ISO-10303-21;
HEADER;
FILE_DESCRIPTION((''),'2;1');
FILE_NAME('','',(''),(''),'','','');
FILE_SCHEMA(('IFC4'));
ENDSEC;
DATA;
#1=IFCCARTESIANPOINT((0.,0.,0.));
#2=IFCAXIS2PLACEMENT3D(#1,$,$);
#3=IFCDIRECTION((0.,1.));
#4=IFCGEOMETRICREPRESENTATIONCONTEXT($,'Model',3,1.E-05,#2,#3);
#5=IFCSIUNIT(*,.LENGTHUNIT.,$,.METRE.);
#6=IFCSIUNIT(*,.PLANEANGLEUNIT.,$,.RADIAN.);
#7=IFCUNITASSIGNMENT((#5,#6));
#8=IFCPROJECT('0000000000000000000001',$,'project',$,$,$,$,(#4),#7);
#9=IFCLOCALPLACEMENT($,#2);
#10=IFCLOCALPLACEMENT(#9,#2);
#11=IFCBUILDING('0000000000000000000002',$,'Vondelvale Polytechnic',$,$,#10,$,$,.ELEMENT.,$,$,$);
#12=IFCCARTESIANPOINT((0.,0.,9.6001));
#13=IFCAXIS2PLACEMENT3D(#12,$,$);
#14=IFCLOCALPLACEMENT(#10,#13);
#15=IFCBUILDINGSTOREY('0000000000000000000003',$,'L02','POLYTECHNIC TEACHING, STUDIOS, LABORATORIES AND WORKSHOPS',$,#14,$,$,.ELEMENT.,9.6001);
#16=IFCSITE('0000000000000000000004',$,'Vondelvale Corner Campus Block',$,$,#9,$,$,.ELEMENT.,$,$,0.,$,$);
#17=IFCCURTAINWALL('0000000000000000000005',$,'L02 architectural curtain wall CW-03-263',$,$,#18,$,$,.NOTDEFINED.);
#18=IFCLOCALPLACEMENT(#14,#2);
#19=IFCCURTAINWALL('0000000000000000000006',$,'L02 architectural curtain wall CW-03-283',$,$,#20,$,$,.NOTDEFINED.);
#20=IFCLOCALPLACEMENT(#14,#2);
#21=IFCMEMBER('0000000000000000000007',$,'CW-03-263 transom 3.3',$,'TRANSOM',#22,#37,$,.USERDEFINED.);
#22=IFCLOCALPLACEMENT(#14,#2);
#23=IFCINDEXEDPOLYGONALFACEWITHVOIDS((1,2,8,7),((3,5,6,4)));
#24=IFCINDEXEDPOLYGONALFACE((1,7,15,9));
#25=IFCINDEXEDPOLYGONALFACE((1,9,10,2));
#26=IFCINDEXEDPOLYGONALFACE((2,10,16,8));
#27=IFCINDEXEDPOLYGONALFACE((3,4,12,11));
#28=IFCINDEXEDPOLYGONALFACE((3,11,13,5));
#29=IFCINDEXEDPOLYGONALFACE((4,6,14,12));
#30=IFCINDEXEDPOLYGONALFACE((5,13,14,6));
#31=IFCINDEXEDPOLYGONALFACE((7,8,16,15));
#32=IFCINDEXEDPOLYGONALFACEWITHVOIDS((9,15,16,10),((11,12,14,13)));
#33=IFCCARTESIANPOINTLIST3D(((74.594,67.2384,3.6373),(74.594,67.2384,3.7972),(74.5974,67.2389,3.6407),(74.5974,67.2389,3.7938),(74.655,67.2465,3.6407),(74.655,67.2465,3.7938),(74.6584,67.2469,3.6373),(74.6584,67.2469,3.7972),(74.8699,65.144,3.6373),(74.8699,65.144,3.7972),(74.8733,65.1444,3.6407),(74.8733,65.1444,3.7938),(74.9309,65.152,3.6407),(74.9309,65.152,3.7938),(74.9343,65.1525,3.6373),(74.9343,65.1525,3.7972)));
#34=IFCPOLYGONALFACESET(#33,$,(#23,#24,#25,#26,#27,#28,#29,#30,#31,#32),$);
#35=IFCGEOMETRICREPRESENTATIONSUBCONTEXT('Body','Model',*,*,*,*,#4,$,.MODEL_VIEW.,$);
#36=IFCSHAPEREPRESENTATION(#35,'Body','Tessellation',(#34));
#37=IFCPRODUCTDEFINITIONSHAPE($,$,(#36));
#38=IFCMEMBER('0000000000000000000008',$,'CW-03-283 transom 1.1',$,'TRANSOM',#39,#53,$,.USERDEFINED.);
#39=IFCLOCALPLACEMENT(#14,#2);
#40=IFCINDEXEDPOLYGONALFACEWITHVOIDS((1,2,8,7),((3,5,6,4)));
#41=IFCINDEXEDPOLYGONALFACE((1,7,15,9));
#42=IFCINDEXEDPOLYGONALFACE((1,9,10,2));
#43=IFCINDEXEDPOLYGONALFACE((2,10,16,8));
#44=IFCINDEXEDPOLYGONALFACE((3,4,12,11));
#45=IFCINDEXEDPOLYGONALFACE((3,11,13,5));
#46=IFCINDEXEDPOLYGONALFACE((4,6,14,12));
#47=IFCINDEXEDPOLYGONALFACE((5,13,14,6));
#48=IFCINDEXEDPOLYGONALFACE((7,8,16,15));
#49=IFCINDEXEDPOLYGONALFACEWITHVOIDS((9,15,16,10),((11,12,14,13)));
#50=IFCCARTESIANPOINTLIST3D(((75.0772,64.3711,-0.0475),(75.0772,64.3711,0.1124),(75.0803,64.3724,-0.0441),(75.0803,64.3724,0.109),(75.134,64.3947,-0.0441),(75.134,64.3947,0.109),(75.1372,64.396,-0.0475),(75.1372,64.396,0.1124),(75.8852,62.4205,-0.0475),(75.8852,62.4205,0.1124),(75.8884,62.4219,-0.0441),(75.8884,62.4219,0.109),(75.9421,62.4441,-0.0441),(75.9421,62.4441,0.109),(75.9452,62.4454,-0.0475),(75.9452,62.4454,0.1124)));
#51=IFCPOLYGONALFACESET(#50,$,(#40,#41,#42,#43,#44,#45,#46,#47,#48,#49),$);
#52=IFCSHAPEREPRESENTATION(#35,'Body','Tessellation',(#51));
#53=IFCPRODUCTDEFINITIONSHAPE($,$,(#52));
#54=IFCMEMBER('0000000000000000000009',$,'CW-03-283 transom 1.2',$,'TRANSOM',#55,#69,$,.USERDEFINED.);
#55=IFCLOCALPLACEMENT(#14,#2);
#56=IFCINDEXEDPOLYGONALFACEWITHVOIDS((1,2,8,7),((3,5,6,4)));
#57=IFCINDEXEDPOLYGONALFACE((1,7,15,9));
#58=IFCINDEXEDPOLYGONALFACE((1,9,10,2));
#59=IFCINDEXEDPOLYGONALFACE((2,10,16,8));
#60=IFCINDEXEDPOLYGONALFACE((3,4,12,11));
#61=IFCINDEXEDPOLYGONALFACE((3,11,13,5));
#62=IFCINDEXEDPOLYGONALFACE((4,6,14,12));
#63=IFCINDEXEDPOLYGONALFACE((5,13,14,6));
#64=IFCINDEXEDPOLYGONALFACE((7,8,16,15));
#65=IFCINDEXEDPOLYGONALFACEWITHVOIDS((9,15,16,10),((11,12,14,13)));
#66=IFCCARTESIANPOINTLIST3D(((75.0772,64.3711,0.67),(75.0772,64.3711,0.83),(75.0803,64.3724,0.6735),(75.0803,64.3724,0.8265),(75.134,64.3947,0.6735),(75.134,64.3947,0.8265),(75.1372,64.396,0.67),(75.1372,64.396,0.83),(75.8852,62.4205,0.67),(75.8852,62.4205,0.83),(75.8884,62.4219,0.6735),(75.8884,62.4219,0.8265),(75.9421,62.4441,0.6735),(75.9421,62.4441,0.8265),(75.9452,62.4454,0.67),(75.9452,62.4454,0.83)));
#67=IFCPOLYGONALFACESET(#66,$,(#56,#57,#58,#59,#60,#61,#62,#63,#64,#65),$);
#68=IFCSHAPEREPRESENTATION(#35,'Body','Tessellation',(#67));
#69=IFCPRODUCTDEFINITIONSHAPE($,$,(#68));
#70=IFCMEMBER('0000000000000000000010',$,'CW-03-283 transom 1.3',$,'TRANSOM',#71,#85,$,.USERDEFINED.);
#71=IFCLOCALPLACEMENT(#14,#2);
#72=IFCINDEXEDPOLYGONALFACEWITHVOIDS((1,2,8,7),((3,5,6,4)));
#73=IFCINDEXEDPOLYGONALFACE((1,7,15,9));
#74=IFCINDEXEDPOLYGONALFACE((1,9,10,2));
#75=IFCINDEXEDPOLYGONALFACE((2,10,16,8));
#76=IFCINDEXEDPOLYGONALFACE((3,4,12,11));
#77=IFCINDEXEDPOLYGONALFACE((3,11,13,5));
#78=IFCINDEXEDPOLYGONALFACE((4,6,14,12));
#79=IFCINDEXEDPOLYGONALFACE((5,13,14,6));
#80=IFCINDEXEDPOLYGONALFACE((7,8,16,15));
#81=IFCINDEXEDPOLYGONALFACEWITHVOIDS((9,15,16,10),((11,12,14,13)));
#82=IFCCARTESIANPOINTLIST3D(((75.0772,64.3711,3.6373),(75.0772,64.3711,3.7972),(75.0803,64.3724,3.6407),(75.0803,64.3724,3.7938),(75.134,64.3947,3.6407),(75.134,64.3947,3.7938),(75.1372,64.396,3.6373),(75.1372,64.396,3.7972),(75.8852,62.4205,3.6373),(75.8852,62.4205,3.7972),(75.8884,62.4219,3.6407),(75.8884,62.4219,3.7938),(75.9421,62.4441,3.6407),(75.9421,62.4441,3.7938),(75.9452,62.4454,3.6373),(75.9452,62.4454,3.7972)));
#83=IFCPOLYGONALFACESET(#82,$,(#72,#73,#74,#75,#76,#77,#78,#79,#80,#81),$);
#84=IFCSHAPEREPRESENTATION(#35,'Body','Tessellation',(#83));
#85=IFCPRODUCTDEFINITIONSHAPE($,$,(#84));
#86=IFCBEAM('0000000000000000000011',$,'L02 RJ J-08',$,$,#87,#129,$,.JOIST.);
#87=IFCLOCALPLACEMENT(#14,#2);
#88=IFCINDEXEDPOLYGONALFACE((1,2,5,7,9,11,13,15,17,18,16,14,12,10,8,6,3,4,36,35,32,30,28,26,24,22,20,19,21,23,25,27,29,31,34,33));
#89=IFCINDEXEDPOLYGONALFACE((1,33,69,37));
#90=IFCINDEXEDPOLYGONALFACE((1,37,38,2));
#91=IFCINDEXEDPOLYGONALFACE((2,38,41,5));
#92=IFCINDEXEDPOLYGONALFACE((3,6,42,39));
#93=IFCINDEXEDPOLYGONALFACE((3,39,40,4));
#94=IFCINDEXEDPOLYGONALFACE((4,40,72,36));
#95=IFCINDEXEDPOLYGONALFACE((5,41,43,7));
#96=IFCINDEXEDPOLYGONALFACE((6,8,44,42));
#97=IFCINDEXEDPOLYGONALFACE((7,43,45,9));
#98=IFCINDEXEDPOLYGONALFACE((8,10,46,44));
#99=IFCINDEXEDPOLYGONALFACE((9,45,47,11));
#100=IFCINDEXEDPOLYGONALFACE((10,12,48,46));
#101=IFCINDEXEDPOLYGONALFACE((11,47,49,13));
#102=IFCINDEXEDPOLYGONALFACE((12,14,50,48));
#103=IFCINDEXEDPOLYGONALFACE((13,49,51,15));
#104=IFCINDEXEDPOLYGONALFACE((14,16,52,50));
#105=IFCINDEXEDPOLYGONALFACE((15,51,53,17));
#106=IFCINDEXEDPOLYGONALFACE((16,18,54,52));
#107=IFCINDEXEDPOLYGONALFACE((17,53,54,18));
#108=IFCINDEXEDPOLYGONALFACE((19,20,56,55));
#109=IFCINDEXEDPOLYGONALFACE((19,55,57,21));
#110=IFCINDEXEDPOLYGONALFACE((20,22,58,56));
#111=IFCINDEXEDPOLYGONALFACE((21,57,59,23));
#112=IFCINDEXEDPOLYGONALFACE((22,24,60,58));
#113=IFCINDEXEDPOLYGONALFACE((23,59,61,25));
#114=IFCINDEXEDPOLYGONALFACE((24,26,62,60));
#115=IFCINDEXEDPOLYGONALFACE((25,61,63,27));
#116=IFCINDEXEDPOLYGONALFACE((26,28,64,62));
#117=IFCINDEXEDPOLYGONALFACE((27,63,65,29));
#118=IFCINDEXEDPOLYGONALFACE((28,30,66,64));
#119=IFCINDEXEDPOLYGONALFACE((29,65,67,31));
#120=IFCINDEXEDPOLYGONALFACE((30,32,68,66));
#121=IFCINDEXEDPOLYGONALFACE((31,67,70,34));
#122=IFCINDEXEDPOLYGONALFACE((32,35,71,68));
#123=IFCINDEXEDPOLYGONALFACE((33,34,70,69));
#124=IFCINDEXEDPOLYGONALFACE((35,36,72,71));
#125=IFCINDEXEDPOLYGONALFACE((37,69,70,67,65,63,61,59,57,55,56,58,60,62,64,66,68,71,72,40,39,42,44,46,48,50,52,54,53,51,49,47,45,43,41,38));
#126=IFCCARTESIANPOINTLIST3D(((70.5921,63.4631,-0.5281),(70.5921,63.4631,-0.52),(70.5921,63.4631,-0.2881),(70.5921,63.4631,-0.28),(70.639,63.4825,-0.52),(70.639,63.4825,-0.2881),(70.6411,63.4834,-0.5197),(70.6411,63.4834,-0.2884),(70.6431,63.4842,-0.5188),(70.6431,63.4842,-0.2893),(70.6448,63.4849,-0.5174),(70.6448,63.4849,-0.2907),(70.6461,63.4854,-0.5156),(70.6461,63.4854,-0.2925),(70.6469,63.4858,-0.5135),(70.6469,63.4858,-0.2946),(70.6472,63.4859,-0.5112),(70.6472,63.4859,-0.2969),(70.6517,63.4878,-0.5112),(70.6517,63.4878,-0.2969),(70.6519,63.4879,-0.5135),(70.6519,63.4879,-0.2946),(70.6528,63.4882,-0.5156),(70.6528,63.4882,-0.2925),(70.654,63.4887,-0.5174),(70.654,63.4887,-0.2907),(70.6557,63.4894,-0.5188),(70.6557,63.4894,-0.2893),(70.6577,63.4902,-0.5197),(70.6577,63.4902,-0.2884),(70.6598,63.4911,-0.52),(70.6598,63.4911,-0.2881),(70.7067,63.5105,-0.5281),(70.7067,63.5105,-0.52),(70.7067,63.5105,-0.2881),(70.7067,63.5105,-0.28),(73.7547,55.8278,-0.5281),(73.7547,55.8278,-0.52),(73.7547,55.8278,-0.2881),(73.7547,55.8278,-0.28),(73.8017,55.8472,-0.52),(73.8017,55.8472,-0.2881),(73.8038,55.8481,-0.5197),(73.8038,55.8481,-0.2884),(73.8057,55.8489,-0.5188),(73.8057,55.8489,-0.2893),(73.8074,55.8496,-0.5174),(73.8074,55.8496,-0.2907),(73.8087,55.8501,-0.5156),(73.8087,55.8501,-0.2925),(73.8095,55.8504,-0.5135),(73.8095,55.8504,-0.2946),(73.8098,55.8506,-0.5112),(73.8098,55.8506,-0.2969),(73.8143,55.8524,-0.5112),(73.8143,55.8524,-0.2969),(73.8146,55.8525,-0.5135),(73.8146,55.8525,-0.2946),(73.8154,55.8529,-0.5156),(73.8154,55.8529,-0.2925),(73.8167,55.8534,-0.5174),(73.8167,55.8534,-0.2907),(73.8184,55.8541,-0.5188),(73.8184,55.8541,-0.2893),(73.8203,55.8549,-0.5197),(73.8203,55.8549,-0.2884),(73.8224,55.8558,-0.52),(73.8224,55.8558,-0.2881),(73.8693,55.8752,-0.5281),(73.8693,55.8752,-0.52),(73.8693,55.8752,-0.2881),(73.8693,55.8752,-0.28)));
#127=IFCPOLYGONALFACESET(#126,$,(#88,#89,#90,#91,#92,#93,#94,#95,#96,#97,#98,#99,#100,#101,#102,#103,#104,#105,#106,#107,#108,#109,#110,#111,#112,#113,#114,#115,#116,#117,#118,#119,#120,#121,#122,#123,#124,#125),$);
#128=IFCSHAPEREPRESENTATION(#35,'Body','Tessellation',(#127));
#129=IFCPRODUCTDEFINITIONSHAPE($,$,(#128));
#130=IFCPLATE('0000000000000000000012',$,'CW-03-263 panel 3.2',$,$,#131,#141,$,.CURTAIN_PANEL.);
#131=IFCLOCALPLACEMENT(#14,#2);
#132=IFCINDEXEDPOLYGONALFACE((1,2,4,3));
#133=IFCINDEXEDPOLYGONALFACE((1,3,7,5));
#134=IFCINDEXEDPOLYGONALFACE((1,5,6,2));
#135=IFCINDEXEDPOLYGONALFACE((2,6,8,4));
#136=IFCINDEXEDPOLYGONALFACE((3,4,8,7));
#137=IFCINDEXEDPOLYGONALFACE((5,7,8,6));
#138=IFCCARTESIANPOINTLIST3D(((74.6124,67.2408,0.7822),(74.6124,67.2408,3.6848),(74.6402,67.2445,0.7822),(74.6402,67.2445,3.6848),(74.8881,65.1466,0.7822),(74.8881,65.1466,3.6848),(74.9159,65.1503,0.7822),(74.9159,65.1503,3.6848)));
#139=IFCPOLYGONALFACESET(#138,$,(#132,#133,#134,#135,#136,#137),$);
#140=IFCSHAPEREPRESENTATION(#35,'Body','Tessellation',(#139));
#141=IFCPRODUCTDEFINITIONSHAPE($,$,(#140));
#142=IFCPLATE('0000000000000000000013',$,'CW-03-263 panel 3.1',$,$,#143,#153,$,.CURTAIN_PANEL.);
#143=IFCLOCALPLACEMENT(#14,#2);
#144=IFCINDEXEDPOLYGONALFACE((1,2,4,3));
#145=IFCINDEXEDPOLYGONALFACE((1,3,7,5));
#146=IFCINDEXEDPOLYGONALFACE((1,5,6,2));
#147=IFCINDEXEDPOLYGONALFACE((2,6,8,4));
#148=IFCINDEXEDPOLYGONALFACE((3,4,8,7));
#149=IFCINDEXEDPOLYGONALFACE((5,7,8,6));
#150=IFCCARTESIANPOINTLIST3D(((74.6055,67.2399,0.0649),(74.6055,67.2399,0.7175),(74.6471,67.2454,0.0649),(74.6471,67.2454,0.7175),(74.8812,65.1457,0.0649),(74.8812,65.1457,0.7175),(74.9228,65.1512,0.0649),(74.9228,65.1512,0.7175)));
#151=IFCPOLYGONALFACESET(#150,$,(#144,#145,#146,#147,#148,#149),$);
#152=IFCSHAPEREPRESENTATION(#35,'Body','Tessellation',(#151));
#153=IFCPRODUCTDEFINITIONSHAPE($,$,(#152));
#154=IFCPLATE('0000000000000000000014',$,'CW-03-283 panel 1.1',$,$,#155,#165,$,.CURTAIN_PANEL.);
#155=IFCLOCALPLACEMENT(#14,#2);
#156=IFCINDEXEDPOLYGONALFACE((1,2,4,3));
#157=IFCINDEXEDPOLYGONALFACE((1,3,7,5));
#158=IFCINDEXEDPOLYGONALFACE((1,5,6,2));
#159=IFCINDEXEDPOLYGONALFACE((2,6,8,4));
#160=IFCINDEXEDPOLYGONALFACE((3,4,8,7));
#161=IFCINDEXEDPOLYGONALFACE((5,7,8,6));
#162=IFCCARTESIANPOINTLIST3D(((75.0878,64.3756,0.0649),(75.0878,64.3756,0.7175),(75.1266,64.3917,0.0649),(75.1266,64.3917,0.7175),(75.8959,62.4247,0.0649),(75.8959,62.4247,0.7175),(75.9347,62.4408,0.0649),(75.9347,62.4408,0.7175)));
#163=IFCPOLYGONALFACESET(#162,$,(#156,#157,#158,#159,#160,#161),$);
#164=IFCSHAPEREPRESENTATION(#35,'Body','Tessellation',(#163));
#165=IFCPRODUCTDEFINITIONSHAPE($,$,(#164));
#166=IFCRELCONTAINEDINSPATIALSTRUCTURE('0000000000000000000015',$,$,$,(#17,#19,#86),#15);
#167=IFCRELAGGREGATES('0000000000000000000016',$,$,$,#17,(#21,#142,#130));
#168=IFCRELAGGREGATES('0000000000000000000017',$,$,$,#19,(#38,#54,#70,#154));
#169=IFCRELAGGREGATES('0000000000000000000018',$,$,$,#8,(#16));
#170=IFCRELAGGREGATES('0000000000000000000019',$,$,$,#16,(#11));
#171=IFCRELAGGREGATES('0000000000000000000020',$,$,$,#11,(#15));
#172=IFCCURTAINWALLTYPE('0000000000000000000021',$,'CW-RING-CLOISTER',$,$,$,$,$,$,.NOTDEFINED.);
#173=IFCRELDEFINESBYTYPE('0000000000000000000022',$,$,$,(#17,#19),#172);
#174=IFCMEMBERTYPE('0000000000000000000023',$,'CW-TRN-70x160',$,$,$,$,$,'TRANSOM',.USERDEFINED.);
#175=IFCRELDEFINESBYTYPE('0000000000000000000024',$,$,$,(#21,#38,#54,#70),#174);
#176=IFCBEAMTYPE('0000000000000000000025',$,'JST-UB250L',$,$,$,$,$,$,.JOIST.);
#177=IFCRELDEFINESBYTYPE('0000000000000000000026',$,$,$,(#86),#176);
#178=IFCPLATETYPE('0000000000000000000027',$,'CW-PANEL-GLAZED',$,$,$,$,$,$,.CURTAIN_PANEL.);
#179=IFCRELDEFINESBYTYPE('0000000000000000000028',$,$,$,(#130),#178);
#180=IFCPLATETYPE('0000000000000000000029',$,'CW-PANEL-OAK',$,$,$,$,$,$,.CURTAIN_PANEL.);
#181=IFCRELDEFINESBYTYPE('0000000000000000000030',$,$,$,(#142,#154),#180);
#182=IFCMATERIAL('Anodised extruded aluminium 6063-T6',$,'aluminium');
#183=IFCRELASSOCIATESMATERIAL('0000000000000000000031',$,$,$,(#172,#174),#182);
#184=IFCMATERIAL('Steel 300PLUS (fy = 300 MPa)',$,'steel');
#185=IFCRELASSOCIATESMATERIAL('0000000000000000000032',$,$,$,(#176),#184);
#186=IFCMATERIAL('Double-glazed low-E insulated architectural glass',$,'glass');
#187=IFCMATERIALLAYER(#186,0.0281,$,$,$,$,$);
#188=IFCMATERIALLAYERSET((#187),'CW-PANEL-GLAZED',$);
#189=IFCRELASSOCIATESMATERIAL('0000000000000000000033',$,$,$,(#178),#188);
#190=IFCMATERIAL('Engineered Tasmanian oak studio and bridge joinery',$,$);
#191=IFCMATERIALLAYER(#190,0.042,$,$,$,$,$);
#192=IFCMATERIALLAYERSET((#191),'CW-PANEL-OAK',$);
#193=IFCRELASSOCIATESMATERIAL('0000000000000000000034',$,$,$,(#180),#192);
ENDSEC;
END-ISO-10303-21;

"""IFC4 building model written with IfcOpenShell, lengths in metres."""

from ifc_helpers import new_model, si_unit, direction, frame, origin, origin_2d, place, context, subcontext, project, spatial, rectangle, hollow_rectangle, i_section, extrude, material, layer, layer_set, material_profile, profile_set, type_object, element, aggregate, save


model = new_model("IFC4")

# Units and contexts
model_context = context("Model", 3, precision=1e-05, world=origin(), true_north=direction((0.0, 1.0)))
body_context = subcontext(model_context, "Body", "Model", "MODEL_VIEW")
ifc_project = project(units=[si_unit("LENGTHUNIT", "METRE"), si_unit("PLANEANGLEUNIT", "RADIAN")], contexts=[model_context])

# Site, building, storey
site_placement = place(None, origin())
site = spatial("IfcSite", under=ifc_project, at=site_placement, Name="Vondelvale Corner Campus Block", CompositionType="ELEMENT", RefElevation=0.0)
building_placement = place(site_placement, origin())
building = spatial("IfcBuilding", under=site, at=building_placement, Name="Vondelvale Polytechnic", CompositionType="ELEMENT")
storey_placement = place(building_placement, frame((0.0, 0.0, 9.6001)))
storey = spatial("IfcBuildingStorey", under=building, at=storey_placement, Name="L02", Description="POLYTECHNIC TEACHING, STUDIOS, LABORATORIES AND WORKSHOPS", CompositionType="ELEMENT", Elevation=9.6001)

# Shared definitions
ifc_material_1 = material(Name="Steel 300PLUS (fy = 300 MPa)", Category="steel")

# Curtain wall
ifc_material_2 = material(Name="Anodised extruded aluminium 6063-T6", Category="aluminium")
curtain_wall_type = type_object("IfcCurtainWallType", Name="CW-RING-CLOISTER", PredefinedType="NOTDEFINED", material=ifc_material_2)
curtain_wall_1_placement = place(storey_placement, origin())
curtain_wall_1 = element("IfcCurtainWall", 1, at=curtain_wall_1_placement, inside=storey, type_object=curtain_wall_type, Name="L02 architectural curtain wall CW-03-263", PredefinedType="NOTDEFINED")

# Curtain wall
curtain_wall_2_placement = place(storey_placement, origin())
curtain_wall_2 = element("IfcCurtainWall", 2, at=curtain_wall_2_placement, inside=storey, type_object=curtain_wall_type, Name="L02 architectural curtain wall CW-03-283", PredefinedType="NOTDEFINED")

# Members
ifc_material_profile_1 = material_profile(ifc_material_2, hollow_rectangle(XDim=0.0649, YDim=0.1599, WallThickness=0.0034, at=origin_2d()), Name="CW-TRN-160x65")
ifc_profile_set_1 = profile_set([ifc_material_profile_1], Name="Anodised extruded aluminium 6063-T6")
member_type_1 = type_object("IfcMemberType", Name="CW-TRN-70x160", ElementType="TRANSOM", PredefinedType="USERDEFINED", material=ifc_profile_set_1)
member_1_placement = place(storey_placement, frame((74.6262, 67.2427, 3.7173), z_axis=(0.130589, -0.991437, 0.0), x_axis=(0.991437, 0.130589, 0.0)))
member_1 = element("IfcMember", 3, at=member_1_placement, type_object=member_type_1, Name="CW-03-263 transom 3.3", ObjectType="TRANSOM", PredefinedType="USERDEFINED", context=body_context, shape_type="SweptSolid", body=[
    extrude(hollow_rectangle(XDim=0.0649, YDim=0.1599, WallThickness=0.0034, at=origin_2d()), origin(), (0.0, 0.0, 1.0), 2.1125),
])
member_2_placement = place(storey_placement, frame((75.1072, 64.3835, 0.0325), z_axis=(0.382726, -0.923862, 0.0), x_axis=(0.923862, 0.382726, 0.0)))
member_2 = element("IfcMember", 4, at=member_2_placement, type_object=member_type_1, Name="CW-03-283 transom 1.1", ObjectType="TRANSOM", PredefinedType="USERDEFINED", context=body_context, shape_type="SweptSolid", body=[
    extrude(hollow_rectangle(XDim=0.0649, YDim=0.1599, WallThickness=0.0034, at=origin_2d()), origin(), (0.0, 0.0, 1.0), 2.1113),
])
member_3_placement = place(storey_placement, frame((75.1072, 64.3835, 0.75), z_axis=(0.382726, -0.923862, 0.0), x_axis=(0.923862, 0.382726, 0.0)))
member_3 = element("IfcMember", 5, at=member_3_placement, type_object=member_type_1, Name="CW-03-283 transom 1.2", ObjectType="TRANSOM", PredefinedType="USERDEFINED", context=body_context, shape_type="SweptSolid", body=[
    extrude(hollow_rectangle(XDim=0.0649, YDim=0.1599, WallThickness=0.0034, at=origin_2d()), origin(), (0.0, 0.0, 1.0), 2.1113),
])
member_4_placement = place(storey_placement, frame((75.1072, 64.3835, 3.7173), z_axis=(0.382726, -0.923862, 0.0), x_axis=(0.923862, 0.382726, 0.0)))
member_4 = element("IfcMember", 6, at=member_4_placement, type_object=member_type_1, Name="CW-03-283 transom 1.3", ObjectType="TRANSOM", PredefinedType="USERDEFINED", context=body_context, shape_type="SweptSolid", body=[
    extrude(hollow_rectangle(XDim=0.0649, YDim=0.1599, WallThickness=0.0034, at=origin_2d()), origin(), (0.0, 0.0, 1.0), 2.1113),
])

# Beam
ifc_material_profile_2 = material_profile(ifc_material_1, i_section(OverallWidth=0.124, OverallDepth=0.248, WebThickness=0.0049, FlangeThickness=0.0081, FilletRadius=0.0088, at=origin_2d()), Name="250UB25.7")
ifc_profile_set_2 = profile_set([ifc_material_profile_2], Name="Steel 300PLUS (fy = 300 MPa)")
beam_type_1 = type_object("IfcBeamType", Name="JST-UB250L", PredefinedType="JOIST", material=ifc_profile_set_2)
beam_1_placement = place(storey_placement, frame((70.6494, 63.4868, -0.4041), z_axis=(0.382681, -0.923881, 0.0), x_axis=(0.923881, 0.382681, 0.0)))
element("IfcBeam", 7, at=beam_1_placement, inside=storey, type_object=beam_type_1, Name="L02 RJ J-08", PredefinedType="JOIST", context=body_context, shape_type="SweptSolid", body=[
    extrude(i_section(OverallWidth=0.124, OverallDepth=0.248, WebThickness=0.0049, FlangeThickness=0.0081, FilletRadius=0.0088, at=origin_2d()), origin(), (0.0, 0.0, 1.0), 8.2644),
])

# Plates
ifc_material_3 = material(Name="Double-glazed low-E insulated architectural glass", Category="glass")
ifc_layer_1 = layer(ifc_material_3, 0.0281)
ifc_layer_set_1 = layer_set([ifc_layer_1], Name="CW-PANEL-GLAZED")
plate_type_1 = type_object("IfcPlateType", Name="CW-PANEL-GLAZED", PredefinedType="CURTAIN_PANEL", material=ifc_layer_set_1)
plate_1_placement = place(storey_placement, frame((74.7642, 66.1956, 0.7822), z_axis=(0.0, 0.0, 1.0), x_axis=(0.130528, -0.991445, 0.0)))
plate_1 = element("IfcPlate", 8, at=plate_1_placement, type_object=plate_type_1, Name="CW-03-263 panel 3.2", PredefinedType="CURTAIN_PANEL", context=body_context, shape_type="SweptSolid", body=[
    extrude(rectangle(XDim=2.1123, YDim=0.0281, at=origin_2d()), origin(), (0.0, 0.0, 1.0), 2.9026),
])
ifc_material_4 = material(Name="Engineered Tasmanian oak studio and bridge joinery")
ifc_layer_2 = layer(ifc_material_4, 0.042)
ifc_layer_set_2 = layer_set([ifc_layer_2], Name="CW-PANEL-OAK")
plate_type_2 = type_object("IfcPlateType", Name="CW-PANEL-OAK", PredefinedType="CURTAIN_PANEL", material=ifc_layer_set_2)
plate_2_placement = place(storey_placement, frame((74.7642, 66.1956, 0.0649), z_axis=(0.0, 0.0, 1.0), x_axis=(0.130528, -0.991445, 0.0)))
plate_2 = element("IfcPlate", 9, at=plate_2_placement, type_object=plate_type_2, Name="CW-03-263 panel 3.1", PredefinedType="CURTAIN_PANEL", context=body_context, shape_type="SweptSolid", body=[
    extrude(rectangle(XDim=2.1123, YDim=0.042, at=origin_2d()), origin(), (0.0, 0.0, 1.0), 0.6526),
])
aggregate(curtain_wall_1, [member_1, plate_2, plate_1])
plate_3_placement = place(storey_placement, frame((75.5112, 63.4082, 0.0649), z_axis=(0.0, 0.0, 1.0), x_axis=(0.382679, -0.923882, 0.0)))
plate_3 = element("IfcPlate", 10, at=plate_3_placement, type_object=plate_type_2, Name="CW-03-283 panel 1.1", PredefinedType="CURTAIN_PANEL", context=body_context, shape_type="SweptSolid", body=[
    extrude(rectangle(XDim=2.1116, YDim=0.042, at=origin_2d()), origin(), (0.0, 0.0, 1.0), 0.6526),
])
aggregate(curtain_wall_2, [member_2, member_3, member_4, plate_3])

save(model, "model.ifc")
